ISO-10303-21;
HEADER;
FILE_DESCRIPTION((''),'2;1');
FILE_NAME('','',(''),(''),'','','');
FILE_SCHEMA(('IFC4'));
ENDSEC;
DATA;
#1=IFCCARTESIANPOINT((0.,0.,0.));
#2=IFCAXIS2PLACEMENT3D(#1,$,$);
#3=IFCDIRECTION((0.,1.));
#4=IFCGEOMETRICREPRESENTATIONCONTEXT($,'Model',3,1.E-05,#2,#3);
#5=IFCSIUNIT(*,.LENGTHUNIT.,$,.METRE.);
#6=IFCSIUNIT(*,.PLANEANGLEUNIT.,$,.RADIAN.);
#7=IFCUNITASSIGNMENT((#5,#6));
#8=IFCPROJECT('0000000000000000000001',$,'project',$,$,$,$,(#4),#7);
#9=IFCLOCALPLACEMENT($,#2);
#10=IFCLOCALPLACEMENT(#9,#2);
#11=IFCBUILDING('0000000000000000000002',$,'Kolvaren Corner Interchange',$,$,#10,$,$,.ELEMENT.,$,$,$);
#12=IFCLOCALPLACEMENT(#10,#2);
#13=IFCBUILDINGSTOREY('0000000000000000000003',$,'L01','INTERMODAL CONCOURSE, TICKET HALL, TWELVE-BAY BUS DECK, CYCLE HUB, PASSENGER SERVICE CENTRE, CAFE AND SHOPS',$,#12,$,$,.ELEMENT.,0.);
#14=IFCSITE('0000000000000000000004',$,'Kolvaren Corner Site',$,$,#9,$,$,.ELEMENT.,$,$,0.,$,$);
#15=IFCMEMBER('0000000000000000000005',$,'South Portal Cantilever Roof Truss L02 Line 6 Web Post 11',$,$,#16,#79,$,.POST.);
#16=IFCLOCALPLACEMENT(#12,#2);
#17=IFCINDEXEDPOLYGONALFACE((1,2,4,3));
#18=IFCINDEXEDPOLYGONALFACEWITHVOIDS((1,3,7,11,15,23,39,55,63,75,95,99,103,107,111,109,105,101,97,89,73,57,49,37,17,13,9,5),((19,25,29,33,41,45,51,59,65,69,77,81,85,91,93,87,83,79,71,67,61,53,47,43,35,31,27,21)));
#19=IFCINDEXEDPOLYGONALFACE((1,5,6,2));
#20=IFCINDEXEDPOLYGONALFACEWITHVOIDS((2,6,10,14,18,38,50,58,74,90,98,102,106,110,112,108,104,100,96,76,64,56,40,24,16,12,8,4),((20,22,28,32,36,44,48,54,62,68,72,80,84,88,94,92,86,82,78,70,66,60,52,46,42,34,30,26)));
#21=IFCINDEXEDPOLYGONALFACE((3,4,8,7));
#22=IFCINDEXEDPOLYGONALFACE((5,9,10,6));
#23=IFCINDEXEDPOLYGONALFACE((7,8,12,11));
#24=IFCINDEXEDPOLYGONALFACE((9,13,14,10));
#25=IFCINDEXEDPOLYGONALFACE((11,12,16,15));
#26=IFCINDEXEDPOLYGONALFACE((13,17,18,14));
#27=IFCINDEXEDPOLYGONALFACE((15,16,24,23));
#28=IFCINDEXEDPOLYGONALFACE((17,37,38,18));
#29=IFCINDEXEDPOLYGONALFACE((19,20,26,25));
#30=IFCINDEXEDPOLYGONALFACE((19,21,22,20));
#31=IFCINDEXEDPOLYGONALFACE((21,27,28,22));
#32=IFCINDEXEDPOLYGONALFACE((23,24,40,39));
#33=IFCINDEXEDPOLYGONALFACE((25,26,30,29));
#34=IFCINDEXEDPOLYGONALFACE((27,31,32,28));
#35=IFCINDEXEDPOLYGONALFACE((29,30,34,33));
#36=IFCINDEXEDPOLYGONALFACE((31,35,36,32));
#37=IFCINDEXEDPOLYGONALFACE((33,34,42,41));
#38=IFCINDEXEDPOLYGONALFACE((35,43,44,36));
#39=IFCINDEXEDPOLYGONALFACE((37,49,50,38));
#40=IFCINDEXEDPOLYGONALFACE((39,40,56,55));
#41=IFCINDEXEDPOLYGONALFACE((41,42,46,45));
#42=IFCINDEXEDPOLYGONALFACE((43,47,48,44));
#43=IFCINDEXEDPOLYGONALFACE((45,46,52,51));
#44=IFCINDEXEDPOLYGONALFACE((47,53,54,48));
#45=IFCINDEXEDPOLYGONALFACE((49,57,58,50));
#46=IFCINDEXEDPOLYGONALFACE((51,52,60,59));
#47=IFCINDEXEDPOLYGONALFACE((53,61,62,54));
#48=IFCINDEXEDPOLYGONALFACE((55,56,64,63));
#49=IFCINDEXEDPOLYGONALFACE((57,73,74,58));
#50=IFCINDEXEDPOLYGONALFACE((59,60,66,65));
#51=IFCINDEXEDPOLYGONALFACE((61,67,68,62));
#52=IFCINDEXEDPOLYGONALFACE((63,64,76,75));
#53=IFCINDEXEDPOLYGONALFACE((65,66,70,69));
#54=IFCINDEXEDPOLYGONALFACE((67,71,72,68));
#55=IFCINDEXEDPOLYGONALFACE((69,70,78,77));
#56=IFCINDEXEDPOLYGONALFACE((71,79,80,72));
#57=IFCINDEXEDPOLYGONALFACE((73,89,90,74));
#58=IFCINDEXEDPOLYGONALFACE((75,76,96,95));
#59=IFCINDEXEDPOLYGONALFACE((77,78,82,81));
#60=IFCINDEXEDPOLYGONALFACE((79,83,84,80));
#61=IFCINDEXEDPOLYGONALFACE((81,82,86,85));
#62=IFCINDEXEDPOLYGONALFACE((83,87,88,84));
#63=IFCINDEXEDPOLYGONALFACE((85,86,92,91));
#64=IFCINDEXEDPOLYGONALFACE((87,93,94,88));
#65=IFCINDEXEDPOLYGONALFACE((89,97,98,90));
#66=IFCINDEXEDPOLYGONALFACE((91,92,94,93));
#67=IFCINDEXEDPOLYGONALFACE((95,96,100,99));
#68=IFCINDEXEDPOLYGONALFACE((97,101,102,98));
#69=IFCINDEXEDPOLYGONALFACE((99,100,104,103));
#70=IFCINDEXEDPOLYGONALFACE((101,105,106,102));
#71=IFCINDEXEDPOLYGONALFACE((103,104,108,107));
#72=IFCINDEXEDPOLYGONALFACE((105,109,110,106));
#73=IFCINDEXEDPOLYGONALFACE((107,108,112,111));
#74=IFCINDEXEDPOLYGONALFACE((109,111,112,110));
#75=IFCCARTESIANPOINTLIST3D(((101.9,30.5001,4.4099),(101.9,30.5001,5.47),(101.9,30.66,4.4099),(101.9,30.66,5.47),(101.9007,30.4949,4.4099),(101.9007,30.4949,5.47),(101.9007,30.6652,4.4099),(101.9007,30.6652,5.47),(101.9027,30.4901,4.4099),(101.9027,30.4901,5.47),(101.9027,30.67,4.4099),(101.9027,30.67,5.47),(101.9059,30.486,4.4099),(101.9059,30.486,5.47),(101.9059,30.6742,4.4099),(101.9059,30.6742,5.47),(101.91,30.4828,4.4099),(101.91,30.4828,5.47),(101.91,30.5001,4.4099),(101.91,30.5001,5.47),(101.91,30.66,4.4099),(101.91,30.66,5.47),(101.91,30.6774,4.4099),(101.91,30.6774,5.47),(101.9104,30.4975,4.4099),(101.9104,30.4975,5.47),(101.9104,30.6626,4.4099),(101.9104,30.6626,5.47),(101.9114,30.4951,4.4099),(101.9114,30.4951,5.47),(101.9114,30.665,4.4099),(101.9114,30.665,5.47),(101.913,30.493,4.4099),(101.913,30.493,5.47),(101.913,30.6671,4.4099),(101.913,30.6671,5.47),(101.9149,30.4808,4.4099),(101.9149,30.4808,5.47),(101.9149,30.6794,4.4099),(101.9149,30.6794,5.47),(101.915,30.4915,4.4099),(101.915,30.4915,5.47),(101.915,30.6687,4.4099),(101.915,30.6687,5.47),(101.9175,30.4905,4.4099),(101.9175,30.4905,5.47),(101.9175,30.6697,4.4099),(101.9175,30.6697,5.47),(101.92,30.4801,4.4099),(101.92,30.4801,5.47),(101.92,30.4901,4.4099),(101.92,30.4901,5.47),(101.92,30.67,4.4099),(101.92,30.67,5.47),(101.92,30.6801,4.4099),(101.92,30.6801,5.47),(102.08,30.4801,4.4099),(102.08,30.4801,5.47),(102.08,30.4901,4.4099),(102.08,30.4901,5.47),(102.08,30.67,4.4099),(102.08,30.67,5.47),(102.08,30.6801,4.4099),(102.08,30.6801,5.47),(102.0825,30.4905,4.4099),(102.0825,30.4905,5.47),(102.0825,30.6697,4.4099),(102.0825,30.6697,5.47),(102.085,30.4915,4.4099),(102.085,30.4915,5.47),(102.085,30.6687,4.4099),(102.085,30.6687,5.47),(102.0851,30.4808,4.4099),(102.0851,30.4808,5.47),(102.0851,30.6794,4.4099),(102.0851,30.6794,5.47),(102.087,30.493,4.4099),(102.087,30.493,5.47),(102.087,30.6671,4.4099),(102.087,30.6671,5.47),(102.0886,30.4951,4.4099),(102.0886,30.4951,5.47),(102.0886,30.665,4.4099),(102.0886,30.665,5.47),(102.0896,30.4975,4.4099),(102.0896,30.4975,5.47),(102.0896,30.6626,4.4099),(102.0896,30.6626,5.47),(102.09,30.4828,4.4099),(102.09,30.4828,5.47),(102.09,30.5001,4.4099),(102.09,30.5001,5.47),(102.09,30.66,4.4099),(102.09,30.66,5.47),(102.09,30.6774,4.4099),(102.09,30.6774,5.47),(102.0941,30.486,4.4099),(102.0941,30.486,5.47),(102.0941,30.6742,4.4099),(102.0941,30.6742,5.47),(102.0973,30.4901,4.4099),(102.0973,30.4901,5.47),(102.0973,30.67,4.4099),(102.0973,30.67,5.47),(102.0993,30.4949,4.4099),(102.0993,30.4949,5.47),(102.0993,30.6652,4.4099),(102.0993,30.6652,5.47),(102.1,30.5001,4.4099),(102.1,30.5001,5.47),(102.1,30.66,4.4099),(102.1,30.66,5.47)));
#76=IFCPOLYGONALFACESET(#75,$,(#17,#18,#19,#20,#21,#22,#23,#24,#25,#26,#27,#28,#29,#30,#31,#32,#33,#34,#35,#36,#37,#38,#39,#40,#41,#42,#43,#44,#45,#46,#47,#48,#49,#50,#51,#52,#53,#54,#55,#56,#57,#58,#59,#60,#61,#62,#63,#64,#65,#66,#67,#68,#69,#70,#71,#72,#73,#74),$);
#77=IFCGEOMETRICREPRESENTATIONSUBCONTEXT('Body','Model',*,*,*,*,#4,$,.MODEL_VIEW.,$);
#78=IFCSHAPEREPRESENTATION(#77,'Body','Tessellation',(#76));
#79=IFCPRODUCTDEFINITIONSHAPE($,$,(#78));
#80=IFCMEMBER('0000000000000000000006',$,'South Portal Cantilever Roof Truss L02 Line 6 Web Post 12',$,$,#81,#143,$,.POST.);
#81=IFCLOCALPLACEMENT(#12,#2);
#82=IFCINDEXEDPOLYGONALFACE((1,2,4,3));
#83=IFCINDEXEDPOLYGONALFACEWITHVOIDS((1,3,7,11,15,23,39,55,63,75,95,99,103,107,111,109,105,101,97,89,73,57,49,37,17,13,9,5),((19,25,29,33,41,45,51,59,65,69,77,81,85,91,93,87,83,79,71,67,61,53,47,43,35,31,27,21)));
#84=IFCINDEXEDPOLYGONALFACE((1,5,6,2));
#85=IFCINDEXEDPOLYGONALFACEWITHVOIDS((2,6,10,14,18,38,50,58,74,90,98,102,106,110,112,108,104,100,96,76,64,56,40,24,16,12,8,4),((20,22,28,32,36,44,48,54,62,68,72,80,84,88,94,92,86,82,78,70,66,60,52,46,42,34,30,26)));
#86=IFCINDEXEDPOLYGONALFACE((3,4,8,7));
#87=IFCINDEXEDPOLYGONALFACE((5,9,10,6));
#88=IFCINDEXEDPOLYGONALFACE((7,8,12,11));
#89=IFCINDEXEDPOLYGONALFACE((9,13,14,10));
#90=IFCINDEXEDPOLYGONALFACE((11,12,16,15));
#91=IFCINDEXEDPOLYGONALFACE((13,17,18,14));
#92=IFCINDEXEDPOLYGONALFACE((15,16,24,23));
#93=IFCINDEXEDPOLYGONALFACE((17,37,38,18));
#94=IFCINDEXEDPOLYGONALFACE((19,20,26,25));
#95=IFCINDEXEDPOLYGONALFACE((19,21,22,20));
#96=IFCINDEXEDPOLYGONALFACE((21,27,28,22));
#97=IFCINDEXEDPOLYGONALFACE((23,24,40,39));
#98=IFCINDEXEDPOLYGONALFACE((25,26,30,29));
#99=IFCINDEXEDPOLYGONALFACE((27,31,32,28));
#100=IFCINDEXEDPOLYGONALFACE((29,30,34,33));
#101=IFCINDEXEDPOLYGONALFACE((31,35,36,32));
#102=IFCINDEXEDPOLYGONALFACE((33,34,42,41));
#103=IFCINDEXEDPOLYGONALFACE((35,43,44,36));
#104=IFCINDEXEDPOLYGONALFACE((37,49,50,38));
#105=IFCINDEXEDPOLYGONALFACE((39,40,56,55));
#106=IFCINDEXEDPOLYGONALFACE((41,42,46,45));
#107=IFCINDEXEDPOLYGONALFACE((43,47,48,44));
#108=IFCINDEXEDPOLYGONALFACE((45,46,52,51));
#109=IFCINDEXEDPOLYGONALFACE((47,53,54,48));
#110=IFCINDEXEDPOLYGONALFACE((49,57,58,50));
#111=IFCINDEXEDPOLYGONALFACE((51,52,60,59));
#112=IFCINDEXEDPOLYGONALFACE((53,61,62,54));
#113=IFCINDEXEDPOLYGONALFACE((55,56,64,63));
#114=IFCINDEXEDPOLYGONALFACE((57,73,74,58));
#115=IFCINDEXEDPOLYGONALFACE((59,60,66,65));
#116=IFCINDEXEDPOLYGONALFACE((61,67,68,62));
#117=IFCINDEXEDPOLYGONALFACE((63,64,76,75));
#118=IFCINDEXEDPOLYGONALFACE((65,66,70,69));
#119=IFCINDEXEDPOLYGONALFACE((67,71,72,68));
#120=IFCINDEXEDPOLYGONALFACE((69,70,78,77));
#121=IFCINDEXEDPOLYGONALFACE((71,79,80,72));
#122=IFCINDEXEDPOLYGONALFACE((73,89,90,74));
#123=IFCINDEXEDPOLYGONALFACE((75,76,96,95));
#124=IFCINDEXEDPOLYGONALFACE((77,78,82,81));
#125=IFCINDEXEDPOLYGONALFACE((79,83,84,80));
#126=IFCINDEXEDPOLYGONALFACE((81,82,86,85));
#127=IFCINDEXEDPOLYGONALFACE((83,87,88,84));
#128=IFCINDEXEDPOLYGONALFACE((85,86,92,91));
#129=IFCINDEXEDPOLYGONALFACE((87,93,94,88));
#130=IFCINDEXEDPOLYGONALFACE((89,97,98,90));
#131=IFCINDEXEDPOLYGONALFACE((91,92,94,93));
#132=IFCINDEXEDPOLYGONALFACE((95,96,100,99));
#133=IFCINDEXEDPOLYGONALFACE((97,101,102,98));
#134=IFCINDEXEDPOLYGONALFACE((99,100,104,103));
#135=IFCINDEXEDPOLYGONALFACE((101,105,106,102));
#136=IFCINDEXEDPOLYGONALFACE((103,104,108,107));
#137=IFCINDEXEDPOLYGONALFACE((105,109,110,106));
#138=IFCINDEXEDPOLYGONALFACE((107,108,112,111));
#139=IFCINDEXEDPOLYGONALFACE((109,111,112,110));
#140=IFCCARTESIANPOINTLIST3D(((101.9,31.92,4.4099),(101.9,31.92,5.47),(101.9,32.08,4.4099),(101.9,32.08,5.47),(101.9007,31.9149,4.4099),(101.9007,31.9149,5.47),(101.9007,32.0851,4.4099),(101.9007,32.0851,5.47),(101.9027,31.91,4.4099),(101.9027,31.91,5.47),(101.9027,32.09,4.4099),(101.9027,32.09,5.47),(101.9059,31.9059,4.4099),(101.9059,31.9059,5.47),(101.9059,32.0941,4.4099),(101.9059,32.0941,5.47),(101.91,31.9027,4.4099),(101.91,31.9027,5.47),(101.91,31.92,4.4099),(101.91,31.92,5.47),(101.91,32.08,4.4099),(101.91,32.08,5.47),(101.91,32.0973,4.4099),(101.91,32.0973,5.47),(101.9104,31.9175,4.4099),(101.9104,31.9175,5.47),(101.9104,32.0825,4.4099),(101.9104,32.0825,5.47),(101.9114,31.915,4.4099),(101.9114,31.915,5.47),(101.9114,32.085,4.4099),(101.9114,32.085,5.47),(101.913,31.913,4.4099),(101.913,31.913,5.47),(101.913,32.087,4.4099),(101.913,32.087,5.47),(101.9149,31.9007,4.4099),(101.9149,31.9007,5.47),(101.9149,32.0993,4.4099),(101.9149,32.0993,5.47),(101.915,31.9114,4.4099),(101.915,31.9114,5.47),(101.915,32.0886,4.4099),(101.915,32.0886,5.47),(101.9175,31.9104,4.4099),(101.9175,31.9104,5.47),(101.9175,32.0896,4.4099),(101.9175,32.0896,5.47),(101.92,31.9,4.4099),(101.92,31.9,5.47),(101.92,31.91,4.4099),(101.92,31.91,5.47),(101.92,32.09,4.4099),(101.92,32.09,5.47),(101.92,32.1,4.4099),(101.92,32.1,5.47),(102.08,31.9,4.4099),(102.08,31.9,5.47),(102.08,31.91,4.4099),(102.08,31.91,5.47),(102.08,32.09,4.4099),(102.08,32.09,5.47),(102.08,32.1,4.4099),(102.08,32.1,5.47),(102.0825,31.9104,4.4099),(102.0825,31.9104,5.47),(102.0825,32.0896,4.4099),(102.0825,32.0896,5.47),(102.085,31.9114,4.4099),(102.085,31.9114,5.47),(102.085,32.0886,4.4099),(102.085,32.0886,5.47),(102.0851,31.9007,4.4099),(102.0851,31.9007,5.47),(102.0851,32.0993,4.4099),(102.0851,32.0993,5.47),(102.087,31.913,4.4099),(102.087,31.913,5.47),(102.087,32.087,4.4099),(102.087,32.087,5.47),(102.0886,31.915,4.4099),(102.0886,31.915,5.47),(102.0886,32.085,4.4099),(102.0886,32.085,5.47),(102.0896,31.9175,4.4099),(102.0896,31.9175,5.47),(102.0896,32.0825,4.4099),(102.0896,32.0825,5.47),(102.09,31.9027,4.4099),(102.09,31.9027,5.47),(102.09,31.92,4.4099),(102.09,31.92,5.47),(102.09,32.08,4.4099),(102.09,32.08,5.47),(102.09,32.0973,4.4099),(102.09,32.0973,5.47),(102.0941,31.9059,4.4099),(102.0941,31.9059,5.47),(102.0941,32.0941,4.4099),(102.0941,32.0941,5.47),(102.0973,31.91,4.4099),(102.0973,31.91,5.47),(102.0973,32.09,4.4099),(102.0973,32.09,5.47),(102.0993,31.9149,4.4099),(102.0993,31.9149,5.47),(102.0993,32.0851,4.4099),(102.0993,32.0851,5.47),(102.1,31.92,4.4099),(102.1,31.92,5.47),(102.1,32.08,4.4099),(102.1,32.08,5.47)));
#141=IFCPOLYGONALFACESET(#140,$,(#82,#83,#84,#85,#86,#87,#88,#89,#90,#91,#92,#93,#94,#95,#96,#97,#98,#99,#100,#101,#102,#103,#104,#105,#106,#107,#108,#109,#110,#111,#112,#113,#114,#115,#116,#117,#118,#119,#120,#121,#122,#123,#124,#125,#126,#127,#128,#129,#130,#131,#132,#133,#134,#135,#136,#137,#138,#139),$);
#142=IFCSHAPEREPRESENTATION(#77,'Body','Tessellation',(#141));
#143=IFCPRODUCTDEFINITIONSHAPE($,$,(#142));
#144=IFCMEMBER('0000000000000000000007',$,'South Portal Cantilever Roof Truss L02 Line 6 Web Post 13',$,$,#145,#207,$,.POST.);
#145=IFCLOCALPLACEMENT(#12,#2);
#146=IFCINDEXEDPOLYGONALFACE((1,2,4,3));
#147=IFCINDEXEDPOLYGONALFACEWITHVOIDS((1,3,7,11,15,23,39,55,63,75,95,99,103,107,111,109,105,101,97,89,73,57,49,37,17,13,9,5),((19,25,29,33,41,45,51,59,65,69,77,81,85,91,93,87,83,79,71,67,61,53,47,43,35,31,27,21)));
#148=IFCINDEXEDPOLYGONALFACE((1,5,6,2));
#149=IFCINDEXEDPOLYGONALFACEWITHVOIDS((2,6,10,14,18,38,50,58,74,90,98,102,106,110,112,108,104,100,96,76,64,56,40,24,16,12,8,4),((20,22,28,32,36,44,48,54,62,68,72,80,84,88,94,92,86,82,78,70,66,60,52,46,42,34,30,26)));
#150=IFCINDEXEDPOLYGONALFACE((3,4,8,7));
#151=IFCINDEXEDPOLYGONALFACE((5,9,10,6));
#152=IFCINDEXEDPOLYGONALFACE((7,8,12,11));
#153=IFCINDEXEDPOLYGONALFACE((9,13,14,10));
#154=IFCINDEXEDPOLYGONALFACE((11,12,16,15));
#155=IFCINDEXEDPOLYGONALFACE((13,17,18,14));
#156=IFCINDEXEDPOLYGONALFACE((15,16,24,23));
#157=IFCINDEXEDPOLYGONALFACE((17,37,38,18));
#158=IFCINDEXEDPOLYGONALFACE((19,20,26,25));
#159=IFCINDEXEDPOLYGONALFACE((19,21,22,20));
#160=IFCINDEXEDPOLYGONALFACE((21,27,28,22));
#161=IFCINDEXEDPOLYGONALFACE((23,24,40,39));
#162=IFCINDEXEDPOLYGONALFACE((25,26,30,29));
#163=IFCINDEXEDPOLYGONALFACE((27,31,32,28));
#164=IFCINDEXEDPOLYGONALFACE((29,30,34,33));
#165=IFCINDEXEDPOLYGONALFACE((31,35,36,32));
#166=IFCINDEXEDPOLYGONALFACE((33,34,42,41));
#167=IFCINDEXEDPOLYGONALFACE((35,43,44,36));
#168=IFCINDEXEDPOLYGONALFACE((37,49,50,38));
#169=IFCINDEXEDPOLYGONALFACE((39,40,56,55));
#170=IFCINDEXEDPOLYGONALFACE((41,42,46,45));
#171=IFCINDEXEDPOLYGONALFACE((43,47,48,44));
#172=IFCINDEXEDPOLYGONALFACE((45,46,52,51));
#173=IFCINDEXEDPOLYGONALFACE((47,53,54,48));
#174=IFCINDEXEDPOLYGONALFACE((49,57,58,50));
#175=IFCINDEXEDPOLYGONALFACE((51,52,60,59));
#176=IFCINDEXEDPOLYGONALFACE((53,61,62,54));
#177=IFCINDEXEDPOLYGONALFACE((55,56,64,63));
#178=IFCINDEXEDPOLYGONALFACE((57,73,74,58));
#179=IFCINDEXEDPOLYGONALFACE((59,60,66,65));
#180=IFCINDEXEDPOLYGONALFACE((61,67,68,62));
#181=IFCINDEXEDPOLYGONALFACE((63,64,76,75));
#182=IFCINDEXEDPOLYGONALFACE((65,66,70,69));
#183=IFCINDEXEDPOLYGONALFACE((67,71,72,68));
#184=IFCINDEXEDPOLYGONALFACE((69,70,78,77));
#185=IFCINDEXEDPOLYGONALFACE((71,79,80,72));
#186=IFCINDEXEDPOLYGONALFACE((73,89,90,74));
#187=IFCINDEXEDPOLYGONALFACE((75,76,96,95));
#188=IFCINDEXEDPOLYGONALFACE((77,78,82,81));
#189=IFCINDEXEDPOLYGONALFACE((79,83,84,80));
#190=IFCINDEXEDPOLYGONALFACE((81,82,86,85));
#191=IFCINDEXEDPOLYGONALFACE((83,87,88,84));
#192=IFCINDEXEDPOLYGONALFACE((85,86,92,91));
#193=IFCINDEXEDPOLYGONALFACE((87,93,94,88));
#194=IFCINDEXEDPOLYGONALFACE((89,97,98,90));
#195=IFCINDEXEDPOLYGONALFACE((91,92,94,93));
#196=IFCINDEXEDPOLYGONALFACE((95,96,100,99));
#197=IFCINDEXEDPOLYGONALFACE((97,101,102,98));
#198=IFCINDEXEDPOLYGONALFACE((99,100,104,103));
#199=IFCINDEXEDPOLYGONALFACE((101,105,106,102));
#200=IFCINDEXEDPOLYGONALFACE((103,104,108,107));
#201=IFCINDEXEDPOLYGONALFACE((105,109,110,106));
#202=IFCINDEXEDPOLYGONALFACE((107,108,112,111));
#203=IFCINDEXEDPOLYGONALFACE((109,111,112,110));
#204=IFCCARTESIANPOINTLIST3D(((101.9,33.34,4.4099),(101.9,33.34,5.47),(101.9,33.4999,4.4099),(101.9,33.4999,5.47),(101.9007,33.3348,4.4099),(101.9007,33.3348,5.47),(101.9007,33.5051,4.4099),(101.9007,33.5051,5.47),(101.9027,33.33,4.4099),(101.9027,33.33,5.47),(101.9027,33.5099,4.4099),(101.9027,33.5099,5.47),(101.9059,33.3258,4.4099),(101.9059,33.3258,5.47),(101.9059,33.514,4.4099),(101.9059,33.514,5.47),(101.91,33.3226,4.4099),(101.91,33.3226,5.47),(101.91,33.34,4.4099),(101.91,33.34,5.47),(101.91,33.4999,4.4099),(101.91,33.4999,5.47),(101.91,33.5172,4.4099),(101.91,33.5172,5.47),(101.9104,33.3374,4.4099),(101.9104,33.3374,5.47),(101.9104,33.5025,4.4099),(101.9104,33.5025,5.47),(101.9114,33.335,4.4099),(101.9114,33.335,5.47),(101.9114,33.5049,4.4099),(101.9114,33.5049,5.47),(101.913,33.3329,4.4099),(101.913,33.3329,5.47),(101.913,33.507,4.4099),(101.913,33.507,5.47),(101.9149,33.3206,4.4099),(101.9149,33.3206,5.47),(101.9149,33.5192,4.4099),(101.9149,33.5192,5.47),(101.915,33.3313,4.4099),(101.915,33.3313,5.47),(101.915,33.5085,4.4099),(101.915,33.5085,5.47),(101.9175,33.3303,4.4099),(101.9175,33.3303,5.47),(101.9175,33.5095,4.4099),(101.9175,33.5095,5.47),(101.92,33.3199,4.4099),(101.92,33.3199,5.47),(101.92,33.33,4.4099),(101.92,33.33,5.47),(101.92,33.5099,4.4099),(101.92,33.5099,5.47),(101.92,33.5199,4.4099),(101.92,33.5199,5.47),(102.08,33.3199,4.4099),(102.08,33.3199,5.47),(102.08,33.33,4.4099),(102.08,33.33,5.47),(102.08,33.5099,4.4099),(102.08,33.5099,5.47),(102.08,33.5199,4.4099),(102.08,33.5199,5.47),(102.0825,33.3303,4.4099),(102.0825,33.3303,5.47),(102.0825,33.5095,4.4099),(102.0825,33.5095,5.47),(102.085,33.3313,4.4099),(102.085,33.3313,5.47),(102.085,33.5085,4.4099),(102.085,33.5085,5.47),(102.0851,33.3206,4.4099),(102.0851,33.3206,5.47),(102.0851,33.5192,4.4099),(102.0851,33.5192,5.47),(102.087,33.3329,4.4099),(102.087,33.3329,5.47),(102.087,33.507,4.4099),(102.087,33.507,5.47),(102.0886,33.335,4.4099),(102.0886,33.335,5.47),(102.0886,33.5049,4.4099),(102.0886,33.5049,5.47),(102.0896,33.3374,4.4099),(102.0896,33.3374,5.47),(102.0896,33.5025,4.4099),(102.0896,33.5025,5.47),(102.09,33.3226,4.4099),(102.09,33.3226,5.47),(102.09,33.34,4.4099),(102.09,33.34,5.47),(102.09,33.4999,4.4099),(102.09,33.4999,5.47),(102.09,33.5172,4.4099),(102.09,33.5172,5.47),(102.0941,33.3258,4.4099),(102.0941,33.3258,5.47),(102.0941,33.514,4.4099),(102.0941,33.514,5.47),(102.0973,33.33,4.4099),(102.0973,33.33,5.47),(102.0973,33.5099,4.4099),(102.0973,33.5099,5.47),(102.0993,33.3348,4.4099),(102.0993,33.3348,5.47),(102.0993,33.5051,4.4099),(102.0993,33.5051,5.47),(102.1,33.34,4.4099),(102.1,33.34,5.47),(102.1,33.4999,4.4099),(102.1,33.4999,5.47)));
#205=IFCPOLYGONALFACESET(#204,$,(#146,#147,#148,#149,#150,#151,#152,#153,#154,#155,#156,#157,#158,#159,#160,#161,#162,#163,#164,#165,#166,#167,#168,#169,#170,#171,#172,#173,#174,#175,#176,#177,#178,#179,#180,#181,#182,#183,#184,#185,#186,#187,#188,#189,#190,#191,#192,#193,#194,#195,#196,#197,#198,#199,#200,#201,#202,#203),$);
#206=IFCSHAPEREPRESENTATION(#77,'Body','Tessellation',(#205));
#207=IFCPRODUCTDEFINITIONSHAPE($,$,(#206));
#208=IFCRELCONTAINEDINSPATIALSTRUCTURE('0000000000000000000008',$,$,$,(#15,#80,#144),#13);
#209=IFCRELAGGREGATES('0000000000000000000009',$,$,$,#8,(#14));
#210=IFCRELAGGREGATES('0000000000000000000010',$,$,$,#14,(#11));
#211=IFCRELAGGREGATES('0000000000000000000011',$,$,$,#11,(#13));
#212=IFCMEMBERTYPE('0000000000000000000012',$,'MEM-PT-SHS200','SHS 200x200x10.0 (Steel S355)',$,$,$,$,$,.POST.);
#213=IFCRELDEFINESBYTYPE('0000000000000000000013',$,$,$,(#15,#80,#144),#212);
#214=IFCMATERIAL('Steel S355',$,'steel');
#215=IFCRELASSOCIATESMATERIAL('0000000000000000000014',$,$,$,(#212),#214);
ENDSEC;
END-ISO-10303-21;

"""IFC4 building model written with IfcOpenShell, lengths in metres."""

from ifc_helpers import new_model, si_unit, direction, frame, origin, origin_2d, place, context, subcontext, project, spatial, hollow_rectangle, extrude, material, material_profile, profile_set, type_object, element, save


model = new_model("IFC4")

# Units and contexts
model_context = context("Model", 3, precision=1e-05, world=origin(), true_north=direction((0.0, 1.0)))
body_context = subcontext(model_context, "Body", "Model", "MODEL_VIEW")
ifc_project = project(units=[si_unit("LENGTHUNIT", "METRE"), si_unit("PLANEANGLEUNIT", "RADIAN")], contexts=[model_context])

# Site, building, storey
site_placement = place(None, origin())
site = spatial("IfcSite", under=ifc_project, at=site_placement, Name="Kolvaren Corner Site", CompositionType="ELEMENT", RefElevation=0.0)
building_placement = place(site_placement, origin())
building = spatial("IfcBuilding", under=site, at=building_placement, Name="Kolvaren Corner Interchange", CompositionType="ELEMENT")
storey_placement = place(building_placement, origin())
storey = spatial("IfcBuildingStorey", under=building, at=storey_placement, Name="L01", Description="INTERMODAL CONCOURSE, TICKET HALL, TWELVE-BAY BUS DECK, CYCLE HUB, PASSENGER SERVICE CENTRE, CAFE AND SHOPS", CompositionType="ELEMENT", Elevation=0.0)

# Members
ifc_material_1 = material(Name="Steel S355", Category="steel")
ifc_material_profile_1 = material_profile(ifc_material_1, hollow_rectangle(XDim=0.2, YDim=0.2, WallThickness=0.01, InnerFilletRadius=0.01, OuterFilletRadius=0.02, at=origin_2d()), Name="SHS 200x200x10.0")
ifc_profile_set_1 = profile_set([ifc_material_profile_1], Name="Steel S355")
member_type_1 = type_object("IfcMemberType", Name="MEM-PT-SHS200", Description="SHS 200x200x10.0 (Steel S355)", PredefinedType="POST", material=ifc_profile_set_1)
for number, where, z_axis, x_axis, name in (
    (1, (102.0, 30.5801, 4.4099), (0.0, 0.0, 1.0), (1.0, 0.0, 0.0), "South Portal Cantilever Roof Truss L02 Line 6 Web Post 11"),
    (2, (102.0, 32.0, 4.4099), (0.0, 0.0, 1.0), (1.0, 0.0, 0.0), "South Portal Cantilever Roof Truss L02 Line 6 Web Post 12"),
    (3, (102.0, 33.4199, 4.4099), (0.0, 0.0, 1.0), (1.0, 0.0, 0.0), "South Portal Cantilever Roof Truss L02 Line 6 Web Post 13"),
):
    element("IfcMember", number, at=place(storey_placement, frame(where, z_axis=z_axis, x_axis=x_axis)), inside=storey, type_object=member_type_1, Name=name, PredefinedType="POST", context=body_context, shape_type="SweptSolid", body=[
        extrude(hollow_rectangle(XDim=0.2, YDim=0.2, WallThickness=0.01, InnerFilletRadius=0.01, OuterFilletRadius=0.02, at=origin_2d()), origin(), (0.0, 0.0, 1.0), 1.0601),
    ])

save(model, "model.ifc")
